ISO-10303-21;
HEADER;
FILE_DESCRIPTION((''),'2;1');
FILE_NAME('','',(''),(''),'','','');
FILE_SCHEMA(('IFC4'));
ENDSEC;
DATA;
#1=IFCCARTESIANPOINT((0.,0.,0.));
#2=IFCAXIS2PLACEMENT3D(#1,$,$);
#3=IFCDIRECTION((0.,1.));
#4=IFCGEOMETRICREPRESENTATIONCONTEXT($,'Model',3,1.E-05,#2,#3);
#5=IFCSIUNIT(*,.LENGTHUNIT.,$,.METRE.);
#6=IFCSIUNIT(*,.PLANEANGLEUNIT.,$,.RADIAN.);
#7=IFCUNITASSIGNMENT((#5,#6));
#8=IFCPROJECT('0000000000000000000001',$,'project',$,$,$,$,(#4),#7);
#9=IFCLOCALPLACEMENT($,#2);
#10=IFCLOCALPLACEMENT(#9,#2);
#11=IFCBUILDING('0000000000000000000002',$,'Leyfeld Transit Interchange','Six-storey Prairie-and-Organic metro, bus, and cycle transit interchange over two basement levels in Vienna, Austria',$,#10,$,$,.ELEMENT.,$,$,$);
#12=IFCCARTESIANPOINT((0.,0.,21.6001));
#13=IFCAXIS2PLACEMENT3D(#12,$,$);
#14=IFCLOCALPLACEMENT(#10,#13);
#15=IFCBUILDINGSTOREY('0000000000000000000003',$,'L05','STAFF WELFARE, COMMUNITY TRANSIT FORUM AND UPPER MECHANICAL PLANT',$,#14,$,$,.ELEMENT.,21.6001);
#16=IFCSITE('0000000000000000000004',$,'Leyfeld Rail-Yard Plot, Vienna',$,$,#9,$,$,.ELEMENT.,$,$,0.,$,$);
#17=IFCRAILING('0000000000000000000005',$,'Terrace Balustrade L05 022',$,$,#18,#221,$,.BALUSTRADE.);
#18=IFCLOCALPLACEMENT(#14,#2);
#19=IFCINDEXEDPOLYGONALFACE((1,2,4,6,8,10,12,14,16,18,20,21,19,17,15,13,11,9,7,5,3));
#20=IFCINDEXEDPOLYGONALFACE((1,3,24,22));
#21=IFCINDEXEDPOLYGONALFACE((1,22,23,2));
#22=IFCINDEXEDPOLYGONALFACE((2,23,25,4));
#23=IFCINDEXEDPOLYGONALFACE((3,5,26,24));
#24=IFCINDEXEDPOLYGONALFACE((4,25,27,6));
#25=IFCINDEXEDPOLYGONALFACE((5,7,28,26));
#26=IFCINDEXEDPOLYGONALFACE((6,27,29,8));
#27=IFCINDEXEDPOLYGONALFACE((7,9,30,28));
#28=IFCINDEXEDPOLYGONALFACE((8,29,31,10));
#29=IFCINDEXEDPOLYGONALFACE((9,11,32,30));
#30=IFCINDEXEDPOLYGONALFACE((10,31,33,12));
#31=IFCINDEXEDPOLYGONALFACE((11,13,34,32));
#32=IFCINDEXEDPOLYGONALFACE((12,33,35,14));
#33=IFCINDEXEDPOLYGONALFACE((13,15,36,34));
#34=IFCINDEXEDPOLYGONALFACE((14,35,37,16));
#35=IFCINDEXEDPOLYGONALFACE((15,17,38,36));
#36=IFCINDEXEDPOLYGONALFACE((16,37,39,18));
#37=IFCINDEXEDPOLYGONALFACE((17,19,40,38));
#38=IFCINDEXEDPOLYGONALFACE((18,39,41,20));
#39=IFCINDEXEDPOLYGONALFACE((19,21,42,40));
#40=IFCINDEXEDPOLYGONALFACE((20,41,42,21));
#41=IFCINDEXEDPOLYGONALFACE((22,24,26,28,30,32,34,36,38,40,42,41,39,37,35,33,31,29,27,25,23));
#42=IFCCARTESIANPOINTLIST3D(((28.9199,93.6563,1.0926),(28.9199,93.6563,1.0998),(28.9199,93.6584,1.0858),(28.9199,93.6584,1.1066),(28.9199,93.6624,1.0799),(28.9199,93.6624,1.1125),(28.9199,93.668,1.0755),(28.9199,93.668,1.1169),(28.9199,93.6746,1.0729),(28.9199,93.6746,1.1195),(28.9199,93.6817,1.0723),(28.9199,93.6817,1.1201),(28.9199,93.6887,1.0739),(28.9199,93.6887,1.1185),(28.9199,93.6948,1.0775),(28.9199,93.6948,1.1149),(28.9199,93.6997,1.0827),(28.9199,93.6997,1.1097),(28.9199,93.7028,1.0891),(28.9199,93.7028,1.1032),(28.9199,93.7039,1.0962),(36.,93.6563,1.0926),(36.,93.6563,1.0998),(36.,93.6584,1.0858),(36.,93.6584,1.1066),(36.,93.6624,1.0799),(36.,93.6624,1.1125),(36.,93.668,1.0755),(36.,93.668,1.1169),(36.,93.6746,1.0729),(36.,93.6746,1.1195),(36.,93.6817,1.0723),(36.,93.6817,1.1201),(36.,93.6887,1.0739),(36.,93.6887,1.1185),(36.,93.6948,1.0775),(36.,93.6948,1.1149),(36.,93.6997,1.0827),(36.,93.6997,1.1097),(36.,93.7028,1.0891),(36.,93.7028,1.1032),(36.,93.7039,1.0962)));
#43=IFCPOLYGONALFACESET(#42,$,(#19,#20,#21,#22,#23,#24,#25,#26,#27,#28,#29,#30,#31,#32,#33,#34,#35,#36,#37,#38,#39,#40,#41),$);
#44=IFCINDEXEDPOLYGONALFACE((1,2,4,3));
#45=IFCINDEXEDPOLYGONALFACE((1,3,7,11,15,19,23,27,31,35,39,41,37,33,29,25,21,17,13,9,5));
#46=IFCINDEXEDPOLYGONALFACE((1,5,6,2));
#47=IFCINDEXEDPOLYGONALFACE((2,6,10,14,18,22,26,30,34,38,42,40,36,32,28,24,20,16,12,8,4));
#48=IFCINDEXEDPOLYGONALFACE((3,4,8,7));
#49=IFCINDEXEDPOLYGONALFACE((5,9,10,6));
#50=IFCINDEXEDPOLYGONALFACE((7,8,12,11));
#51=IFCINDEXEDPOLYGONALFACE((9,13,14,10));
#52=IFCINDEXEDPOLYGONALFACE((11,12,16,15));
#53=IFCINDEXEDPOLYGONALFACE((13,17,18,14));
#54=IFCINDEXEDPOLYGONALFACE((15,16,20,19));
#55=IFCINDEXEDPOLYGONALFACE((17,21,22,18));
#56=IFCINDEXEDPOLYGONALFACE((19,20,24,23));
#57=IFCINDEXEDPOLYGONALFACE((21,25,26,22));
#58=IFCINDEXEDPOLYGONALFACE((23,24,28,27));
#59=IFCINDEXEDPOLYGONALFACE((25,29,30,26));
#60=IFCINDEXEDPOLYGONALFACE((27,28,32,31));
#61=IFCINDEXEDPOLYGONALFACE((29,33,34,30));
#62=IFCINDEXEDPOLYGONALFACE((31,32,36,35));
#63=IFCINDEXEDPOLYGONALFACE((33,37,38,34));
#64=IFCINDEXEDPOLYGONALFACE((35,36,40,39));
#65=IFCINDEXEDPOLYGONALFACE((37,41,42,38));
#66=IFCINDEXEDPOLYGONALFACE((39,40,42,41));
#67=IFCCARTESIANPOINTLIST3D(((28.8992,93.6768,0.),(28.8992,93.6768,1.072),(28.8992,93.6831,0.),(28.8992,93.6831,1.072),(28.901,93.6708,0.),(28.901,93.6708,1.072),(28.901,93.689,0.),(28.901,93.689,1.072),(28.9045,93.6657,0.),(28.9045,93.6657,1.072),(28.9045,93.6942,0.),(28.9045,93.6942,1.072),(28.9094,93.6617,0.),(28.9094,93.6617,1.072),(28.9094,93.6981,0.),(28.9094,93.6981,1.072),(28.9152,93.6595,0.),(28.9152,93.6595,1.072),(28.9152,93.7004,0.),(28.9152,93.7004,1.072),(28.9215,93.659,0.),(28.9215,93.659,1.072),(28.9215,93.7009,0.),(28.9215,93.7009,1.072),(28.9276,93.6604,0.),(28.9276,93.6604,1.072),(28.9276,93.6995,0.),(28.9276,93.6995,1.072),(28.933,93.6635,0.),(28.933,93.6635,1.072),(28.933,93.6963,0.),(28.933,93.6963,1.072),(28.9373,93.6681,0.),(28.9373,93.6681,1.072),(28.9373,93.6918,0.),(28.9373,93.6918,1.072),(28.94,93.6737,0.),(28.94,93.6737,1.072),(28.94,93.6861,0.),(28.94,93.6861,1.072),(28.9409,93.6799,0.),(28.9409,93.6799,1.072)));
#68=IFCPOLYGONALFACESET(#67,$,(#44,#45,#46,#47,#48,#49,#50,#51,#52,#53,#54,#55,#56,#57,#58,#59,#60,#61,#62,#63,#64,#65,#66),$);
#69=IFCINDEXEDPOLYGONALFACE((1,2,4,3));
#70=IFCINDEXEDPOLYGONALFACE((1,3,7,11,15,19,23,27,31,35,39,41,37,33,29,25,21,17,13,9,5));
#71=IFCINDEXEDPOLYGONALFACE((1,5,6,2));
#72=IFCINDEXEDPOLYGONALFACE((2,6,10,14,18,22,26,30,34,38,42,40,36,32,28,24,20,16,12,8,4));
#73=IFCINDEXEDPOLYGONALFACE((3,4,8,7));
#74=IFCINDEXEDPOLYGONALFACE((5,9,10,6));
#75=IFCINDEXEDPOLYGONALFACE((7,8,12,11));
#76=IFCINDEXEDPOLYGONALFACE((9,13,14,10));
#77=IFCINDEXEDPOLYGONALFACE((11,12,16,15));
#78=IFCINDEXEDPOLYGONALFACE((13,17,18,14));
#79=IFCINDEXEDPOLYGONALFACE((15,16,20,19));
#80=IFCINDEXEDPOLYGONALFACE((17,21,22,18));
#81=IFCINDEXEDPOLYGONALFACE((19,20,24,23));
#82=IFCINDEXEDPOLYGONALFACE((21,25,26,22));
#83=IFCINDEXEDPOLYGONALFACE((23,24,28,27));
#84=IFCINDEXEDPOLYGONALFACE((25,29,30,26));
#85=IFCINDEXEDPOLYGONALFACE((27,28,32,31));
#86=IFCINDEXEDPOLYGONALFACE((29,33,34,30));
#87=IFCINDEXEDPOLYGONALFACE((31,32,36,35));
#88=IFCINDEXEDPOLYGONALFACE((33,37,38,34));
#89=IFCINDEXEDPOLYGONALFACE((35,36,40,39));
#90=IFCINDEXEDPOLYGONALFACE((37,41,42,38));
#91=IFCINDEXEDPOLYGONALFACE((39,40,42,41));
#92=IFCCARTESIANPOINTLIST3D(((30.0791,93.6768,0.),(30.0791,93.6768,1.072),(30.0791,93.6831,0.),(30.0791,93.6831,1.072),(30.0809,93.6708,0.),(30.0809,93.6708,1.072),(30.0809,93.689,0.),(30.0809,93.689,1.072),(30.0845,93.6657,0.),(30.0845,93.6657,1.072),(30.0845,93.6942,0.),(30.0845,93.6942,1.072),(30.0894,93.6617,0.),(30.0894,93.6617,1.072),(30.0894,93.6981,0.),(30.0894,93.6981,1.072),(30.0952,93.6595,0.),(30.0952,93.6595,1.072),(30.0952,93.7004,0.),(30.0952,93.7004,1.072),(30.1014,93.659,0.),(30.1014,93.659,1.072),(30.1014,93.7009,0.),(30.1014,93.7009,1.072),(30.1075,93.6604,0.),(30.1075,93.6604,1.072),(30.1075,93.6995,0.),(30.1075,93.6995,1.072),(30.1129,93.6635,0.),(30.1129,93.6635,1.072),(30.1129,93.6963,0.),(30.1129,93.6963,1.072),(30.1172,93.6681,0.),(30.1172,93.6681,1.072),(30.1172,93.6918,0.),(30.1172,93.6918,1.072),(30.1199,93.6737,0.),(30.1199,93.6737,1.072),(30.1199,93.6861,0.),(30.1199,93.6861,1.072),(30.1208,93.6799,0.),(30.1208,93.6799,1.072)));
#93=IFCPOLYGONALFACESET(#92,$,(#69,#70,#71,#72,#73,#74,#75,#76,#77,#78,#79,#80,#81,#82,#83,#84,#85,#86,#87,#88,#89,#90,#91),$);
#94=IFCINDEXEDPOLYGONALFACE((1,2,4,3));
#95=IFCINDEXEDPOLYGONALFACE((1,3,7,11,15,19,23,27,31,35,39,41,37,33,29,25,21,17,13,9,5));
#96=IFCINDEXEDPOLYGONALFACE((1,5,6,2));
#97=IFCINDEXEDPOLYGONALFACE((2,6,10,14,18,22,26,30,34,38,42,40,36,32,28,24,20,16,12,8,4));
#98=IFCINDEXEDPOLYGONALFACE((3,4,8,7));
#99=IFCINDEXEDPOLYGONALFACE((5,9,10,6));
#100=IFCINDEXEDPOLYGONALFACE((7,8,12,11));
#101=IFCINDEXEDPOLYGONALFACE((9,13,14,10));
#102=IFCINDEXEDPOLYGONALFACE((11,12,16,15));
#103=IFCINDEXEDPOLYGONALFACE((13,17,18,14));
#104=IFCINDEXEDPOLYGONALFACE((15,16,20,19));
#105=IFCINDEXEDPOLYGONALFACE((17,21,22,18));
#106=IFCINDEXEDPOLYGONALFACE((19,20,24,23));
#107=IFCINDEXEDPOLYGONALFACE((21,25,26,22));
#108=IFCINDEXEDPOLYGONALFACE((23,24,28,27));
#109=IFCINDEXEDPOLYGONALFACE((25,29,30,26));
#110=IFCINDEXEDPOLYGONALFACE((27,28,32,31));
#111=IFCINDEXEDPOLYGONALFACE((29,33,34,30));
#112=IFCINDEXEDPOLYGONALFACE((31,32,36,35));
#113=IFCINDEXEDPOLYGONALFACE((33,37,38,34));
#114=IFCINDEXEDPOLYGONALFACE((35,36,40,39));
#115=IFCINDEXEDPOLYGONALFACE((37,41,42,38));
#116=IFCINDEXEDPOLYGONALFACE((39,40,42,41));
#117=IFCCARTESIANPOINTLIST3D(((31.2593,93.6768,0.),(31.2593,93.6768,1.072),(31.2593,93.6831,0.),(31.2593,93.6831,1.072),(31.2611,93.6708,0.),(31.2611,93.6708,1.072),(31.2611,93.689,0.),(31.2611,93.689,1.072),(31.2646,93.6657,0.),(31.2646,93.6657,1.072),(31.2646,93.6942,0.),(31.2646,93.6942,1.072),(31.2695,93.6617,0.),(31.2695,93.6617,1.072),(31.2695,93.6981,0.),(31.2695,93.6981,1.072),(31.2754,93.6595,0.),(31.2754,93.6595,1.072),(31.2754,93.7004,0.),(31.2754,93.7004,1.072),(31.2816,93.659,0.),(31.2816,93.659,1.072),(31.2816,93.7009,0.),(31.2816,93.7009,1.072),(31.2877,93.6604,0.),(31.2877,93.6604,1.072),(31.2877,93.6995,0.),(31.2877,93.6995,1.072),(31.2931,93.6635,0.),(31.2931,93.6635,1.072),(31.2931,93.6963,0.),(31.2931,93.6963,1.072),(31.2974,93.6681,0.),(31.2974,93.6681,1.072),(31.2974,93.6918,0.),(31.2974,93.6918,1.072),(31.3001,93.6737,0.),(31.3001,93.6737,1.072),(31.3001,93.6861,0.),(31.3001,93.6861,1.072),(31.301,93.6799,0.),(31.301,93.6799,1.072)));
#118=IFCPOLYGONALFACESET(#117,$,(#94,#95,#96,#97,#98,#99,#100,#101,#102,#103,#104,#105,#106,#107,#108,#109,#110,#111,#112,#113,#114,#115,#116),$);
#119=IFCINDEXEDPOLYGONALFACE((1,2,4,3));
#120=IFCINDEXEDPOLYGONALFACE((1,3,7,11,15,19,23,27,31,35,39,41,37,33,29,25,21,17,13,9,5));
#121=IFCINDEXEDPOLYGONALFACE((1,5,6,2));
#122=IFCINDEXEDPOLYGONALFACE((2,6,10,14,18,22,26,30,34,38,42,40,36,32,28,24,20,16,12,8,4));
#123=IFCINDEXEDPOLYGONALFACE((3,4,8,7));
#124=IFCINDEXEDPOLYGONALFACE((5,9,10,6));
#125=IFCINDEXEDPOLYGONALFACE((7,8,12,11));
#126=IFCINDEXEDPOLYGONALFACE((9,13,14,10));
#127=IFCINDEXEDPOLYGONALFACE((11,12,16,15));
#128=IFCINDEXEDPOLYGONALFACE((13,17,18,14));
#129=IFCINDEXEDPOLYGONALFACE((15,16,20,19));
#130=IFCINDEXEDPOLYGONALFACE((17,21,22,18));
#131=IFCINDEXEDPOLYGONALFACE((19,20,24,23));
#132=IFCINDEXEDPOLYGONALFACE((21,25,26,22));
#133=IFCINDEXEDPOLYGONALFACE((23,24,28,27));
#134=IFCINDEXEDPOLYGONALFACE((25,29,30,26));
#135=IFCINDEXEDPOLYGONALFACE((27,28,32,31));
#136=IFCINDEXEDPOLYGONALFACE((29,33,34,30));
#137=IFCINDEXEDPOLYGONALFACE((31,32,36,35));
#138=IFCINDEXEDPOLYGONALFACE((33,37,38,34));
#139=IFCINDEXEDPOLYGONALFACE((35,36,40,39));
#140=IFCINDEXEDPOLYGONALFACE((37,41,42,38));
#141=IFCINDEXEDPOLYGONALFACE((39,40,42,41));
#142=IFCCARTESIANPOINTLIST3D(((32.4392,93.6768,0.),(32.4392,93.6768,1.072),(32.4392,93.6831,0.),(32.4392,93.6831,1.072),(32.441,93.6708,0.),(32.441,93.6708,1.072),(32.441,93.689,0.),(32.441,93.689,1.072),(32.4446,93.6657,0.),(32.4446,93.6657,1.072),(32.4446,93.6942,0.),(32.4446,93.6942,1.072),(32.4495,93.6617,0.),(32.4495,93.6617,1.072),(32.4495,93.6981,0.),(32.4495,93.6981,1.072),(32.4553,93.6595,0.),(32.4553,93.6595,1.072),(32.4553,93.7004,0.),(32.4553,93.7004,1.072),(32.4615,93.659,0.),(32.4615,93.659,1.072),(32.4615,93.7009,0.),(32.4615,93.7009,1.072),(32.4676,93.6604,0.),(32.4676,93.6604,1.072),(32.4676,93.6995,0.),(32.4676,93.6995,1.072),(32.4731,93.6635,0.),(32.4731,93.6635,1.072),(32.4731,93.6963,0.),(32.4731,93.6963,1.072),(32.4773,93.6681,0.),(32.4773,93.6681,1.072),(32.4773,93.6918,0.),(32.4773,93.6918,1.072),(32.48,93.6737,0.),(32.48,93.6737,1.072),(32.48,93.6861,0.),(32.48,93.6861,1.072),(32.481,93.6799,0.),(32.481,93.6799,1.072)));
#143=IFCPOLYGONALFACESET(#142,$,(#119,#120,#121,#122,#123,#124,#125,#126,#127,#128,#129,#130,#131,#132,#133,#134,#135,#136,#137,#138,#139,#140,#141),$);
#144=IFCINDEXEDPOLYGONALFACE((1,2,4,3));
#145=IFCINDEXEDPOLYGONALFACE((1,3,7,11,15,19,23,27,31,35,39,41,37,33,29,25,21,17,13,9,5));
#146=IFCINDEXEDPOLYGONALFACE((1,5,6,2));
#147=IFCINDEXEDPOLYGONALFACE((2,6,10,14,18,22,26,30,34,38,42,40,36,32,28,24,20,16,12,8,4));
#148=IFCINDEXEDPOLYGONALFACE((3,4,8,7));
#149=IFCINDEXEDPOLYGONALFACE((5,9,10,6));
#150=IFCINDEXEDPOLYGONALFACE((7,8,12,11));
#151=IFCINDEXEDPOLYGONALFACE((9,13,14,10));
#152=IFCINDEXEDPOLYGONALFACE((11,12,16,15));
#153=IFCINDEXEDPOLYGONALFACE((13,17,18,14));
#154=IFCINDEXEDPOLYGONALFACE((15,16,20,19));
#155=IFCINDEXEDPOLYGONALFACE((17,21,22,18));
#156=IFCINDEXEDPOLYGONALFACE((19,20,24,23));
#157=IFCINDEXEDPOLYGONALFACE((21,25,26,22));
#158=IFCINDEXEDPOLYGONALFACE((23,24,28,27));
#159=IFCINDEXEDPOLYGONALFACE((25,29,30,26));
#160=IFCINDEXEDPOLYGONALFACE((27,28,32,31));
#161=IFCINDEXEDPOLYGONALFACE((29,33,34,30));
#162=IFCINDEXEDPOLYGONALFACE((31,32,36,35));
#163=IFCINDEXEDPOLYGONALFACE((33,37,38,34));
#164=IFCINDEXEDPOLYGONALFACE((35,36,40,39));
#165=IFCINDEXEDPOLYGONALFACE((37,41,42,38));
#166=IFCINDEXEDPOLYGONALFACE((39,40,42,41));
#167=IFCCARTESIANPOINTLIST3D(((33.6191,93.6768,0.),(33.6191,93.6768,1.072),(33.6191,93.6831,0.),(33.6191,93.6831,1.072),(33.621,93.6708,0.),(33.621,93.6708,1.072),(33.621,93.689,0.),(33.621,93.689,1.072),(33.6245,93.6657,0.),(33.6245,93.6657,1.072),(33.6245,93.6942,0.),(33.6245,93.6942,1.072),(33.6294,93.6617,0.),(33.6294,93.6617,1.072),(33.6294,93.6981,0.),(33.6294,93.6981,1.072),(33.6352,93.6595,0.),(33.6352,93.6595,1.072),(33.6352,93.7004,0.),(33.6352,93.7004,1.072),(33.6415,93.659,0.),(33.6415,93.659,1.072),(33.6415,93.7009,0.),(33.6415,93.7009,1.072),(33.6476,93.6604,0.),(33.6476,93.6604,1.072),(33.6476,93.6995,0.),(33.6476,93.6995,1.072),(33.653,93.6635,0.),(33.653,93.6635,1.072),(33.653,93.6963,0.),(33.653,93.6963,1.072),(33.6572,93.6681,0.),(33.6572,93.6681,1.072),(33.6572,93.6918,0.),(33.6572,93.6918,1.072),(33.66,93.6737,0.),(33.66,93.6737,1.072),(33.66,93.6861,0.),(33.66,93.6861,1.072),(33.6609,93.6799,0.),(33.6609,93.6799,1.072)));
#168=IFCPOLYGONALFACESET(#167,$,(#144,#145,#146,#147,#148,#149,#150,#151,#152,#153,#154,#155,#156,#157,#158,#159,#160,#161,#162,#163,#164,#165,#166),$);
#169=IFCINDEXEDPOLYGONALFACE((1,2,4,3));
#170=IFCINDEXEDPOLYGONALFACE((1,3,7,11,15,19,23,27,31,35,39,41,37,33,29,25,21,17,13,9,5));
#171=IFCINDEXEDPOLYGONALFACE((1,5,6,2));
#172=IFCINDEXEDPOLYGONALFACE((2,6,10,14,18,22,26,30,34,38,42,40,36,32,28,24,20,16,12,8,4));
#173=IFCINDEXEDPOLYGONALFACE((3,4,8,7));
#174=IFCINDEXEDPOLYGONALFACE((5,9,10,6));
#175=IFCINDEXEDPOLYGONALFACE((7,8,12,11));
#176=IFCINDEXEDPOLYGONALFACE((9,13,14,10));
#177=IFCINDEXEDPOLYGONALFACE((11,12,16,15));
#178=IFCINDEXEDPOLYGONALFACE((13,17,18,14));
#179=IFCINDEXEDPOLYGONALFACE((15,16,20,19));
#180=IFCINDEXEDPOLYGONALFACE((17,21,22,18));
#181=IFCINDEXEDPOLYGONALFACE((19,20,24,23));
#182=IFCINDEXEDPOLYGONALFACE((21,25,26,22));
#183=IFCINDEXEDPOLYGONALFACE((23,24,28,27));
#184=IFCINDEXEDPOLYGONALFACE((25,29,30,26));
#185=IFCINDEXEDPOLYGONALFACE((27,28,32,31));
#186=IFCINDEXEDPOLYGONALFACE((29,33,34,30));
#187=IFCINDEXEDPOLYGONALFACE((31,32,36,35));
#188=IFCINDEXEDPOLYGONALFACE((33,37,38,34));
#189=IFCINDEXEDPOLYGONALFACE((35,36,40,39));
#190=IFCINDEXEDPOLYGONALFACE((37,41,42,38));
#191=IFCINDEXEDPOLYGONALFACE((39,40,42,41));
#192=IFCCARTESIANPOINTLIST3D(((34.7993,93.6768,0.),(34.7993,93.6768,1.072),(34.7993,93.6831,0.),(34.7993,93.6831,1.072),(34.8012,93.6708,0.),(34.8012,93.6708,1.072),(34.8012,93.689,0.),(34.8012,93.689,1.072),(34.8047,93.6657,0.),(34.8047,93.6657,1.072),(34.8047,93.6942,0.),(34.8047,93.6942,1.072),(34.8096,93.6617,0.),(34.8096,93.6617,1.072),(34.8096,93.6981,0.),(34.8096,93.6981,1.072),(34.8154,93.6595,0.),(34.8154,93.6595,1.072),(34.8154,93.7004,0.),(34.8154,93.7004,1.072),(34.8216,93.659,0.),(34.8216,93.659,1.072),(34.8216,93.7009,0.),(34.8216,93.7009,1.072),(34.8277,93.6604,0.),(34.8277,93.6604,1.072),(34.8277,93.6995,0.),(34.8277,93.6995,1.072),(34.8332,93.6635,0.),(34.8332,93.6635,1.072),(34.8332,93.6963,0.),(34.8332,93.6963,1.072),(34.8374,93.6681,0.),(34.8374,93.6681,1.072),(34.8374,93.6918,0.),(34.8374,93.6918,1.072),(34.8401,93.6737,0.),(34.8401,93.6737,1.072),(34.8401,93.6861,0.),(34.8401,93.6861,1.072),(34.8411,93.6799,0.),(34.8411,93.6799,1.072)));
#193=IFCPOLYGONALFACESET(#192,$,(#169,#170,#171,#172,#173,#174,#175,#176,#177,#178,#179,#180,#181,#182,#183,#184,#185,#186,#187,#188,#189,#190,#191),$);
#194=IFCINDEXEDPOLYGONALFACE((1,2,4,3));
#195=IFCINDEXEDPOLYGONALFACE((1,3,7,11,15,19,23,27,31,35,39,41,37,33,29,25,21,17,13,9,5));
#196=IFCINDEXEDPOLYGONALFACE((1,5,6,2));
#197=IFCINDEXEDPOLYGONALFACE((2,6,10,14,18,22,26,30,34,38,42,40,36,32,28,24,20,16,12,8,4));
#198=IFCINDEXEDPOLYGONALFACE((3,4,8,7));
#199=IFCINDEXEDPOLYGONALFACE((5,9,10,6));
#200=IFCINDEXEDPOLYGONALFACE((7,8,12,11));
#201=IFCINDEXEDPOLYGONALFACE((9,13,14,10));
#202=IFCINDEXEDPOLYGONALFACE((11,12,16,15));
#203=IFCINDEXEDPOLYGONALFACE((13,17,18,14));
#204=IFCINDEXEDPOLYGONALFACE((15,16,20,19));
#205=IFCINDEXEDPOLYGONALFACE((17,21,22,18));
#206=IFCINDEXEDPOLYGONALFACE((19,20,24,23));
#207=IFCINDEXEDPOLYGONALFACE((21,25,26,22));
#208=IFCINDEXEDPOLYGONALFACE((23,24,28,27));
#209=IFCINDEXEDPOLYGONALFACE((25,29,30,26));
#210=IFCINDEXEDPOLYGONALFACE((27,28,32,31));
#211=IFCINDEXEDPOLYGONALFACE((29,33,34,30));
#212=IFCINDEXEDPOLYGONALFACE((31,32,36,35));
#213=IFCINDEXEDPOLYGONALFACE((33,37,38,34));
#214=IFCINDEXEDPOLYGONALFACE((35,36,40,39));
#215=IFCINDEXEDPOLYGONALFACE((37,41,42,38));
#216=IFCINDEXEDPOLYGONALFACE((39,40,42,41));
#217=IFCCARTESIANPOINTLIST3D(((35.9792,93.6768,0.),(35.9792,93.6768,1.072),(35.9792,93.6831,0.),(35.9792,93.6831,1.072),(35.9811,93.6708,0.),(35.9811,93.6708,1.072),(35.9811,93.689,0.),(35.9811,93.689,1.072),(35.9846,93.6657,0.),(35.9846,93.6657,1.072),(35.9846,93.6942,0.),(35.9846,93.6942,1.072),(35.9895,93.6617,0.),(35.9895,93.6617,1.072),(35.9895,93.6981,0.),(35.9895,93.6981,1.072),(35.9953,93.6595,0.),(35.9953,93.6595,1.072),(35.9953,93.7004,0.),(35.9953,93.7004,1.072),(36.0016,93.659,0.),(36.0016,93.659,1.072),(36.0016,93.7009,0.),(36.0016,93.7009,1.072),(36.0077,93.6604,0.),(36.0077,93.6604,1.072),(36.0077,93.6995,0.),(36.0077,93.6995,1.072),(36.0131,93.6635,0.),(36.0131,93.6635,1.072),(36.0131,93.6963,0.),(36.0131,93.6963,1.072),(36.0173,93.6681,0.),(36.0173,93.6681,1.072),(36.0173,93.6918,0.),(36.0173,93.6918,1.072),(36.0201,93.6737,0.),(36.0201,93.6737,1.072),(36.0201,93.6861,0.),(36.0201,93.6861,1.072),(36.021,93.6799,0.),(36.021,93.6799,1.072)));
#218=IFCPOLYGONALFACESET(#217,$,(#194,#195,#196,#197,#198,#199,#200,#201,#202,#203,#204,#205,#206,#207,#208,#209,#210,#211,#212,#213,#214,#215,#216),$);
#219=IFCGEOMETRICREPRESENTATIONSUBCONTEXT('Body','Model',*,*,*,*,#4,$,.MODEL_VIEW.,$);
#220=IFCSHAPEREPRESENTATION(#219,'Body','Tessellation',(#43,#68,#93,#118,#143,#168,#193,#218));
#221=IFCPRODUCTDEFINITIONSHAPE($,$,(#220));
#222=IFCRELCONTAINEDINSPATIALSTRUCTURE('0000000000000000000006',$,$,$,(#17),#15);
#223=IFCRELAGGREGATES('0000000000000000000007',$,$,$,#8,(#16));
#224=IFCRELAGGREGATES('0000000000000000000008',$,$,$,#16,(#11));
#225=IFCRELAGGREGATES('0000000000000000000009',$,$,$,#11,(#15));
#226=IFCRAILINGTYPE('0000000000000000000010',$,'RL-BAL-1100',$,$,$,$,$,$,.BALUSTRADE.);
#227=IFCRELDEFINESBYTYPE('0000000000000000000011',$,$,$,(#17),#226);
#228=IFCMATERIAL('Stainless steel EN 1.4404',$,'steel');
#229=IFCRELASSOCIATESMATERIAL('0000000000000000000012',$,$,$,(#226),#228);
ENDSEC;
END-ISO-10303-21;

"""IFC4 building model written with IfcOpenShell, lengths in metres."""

from ifc_helpers import new_model, si_unit, direction, frame, origin, origin_2d, place, context, subcontext, project, spatial, circle, extrude, material, type_object, element, save


model = new_model("IFC4")

# Units and contexts
model_context = context("Model", 3, precision=1e-05, world=origin(), true_north=direction((0.0, 1.0)))
body_context = subcontext(model_context, "Body", "Model", "MODEL_VIEW")
ifc_project = project(units=[si_unit("LENGTHUNIT", "METRE"), si_unit("PLANEANGLEUNIT", "RADIAN")], contexts=[model_context])

# Site, building, storey
site_placement = place(None, origin())
site = spatial("IfcSite", under=ifc_project, at=site_placement, Name="Leyfeld Rail-Yard Plot, Vienna", CompositionType="ELEMENT", RefElevation=0.0)
building_placement = place(site_placement, origin())
building = spatial("IfcBuilding", under=site, at=building_placement, Name="Leyfeld Transit Interchange", Description="Six-storey Prairie-and-Organic metro, bus, and cycle transit interchange over two basement levels in Vienna, Austria", CompositionType="ELEMENT")
storey_placement = place(building_placement, frame((0.0, 0.0, 21.6001)))
storey = spatial("IfcBuildingStorey", under=building, at=storey_placement, Name="L05", Description="STAFF WELFARE, COMMUNITY TRANSIT FORUM AND UPPER MECHANICAL PLANT", CompositionType="ELEMENT", Elevation=21.6001)

# Railing
ifc_material_1 = material(Name="Stainless steel EN 1.4404", Category="steel")
railing_type = type_object("IfcRailingType", Name="RL-BAL-1100", PredefinedType="BALUSTRADE", material=ifc_material_1)
railing_1_placement = place(storey_placement, frame((28.9199, 93.6799, 0.0)))
element("IfcRailing", 1, at=railing_1_placement, inside=storey, type_object=railing_type, Name="Terrace Balustrade L05 022", PredefinedType="BALUSTRADE", context=body_context, shape_type="SweptSolid", body=[
    extrude(circle(Radius=0.0239, at=origin_2d()), frame((0.0, 0.0, 1.0962), z_axis=(1.0, 0.0, 0.0), x_axis=(0.0, 1.0, 0.0)), (0.0, 0.0, 1.0), 7.0801),
    extrude(circle(Radius=0.021, at=origin_2d()), origin(), (0.0, 0.0, 1.0), 1.072),
    extrude(circle(Radius=0.021, at=origin_2d()), frame((1.1799, 0.0, 0.0)), (0.0, 0.0, 1.0), 1.072),
    extrude(circle(Radius=0.021, at=origin_2d()), frame((2.3601, 0.0, 0.0)), (0.0, 0.0, 1.0), 1.072),
    extrude(circle(Radius=0.021, at=origin_2d()), frame((3.54, 0.0, 0.0)), (0.0, 0.0, 1.0), 1.072),
    extrude(circle(Radius=0.021, at=origin_2d()), frame((4.72, 0.0, 0.0)), (0.0, 0.0, 1.0), 1.072),
    extrude(circle(Radius=0.021, at=origin_2d()), frame((5.9001, 0.0, 0.0)), (0.0, 0.0, 1.0), 1.072),
    extrude(circle(Radius=0.021, at=origin_2d()), frame((7.0801, 0.0, 0.0)), (0.0, 0.0, 1.0), 1.072),
])

save(model, "model.ifc")
